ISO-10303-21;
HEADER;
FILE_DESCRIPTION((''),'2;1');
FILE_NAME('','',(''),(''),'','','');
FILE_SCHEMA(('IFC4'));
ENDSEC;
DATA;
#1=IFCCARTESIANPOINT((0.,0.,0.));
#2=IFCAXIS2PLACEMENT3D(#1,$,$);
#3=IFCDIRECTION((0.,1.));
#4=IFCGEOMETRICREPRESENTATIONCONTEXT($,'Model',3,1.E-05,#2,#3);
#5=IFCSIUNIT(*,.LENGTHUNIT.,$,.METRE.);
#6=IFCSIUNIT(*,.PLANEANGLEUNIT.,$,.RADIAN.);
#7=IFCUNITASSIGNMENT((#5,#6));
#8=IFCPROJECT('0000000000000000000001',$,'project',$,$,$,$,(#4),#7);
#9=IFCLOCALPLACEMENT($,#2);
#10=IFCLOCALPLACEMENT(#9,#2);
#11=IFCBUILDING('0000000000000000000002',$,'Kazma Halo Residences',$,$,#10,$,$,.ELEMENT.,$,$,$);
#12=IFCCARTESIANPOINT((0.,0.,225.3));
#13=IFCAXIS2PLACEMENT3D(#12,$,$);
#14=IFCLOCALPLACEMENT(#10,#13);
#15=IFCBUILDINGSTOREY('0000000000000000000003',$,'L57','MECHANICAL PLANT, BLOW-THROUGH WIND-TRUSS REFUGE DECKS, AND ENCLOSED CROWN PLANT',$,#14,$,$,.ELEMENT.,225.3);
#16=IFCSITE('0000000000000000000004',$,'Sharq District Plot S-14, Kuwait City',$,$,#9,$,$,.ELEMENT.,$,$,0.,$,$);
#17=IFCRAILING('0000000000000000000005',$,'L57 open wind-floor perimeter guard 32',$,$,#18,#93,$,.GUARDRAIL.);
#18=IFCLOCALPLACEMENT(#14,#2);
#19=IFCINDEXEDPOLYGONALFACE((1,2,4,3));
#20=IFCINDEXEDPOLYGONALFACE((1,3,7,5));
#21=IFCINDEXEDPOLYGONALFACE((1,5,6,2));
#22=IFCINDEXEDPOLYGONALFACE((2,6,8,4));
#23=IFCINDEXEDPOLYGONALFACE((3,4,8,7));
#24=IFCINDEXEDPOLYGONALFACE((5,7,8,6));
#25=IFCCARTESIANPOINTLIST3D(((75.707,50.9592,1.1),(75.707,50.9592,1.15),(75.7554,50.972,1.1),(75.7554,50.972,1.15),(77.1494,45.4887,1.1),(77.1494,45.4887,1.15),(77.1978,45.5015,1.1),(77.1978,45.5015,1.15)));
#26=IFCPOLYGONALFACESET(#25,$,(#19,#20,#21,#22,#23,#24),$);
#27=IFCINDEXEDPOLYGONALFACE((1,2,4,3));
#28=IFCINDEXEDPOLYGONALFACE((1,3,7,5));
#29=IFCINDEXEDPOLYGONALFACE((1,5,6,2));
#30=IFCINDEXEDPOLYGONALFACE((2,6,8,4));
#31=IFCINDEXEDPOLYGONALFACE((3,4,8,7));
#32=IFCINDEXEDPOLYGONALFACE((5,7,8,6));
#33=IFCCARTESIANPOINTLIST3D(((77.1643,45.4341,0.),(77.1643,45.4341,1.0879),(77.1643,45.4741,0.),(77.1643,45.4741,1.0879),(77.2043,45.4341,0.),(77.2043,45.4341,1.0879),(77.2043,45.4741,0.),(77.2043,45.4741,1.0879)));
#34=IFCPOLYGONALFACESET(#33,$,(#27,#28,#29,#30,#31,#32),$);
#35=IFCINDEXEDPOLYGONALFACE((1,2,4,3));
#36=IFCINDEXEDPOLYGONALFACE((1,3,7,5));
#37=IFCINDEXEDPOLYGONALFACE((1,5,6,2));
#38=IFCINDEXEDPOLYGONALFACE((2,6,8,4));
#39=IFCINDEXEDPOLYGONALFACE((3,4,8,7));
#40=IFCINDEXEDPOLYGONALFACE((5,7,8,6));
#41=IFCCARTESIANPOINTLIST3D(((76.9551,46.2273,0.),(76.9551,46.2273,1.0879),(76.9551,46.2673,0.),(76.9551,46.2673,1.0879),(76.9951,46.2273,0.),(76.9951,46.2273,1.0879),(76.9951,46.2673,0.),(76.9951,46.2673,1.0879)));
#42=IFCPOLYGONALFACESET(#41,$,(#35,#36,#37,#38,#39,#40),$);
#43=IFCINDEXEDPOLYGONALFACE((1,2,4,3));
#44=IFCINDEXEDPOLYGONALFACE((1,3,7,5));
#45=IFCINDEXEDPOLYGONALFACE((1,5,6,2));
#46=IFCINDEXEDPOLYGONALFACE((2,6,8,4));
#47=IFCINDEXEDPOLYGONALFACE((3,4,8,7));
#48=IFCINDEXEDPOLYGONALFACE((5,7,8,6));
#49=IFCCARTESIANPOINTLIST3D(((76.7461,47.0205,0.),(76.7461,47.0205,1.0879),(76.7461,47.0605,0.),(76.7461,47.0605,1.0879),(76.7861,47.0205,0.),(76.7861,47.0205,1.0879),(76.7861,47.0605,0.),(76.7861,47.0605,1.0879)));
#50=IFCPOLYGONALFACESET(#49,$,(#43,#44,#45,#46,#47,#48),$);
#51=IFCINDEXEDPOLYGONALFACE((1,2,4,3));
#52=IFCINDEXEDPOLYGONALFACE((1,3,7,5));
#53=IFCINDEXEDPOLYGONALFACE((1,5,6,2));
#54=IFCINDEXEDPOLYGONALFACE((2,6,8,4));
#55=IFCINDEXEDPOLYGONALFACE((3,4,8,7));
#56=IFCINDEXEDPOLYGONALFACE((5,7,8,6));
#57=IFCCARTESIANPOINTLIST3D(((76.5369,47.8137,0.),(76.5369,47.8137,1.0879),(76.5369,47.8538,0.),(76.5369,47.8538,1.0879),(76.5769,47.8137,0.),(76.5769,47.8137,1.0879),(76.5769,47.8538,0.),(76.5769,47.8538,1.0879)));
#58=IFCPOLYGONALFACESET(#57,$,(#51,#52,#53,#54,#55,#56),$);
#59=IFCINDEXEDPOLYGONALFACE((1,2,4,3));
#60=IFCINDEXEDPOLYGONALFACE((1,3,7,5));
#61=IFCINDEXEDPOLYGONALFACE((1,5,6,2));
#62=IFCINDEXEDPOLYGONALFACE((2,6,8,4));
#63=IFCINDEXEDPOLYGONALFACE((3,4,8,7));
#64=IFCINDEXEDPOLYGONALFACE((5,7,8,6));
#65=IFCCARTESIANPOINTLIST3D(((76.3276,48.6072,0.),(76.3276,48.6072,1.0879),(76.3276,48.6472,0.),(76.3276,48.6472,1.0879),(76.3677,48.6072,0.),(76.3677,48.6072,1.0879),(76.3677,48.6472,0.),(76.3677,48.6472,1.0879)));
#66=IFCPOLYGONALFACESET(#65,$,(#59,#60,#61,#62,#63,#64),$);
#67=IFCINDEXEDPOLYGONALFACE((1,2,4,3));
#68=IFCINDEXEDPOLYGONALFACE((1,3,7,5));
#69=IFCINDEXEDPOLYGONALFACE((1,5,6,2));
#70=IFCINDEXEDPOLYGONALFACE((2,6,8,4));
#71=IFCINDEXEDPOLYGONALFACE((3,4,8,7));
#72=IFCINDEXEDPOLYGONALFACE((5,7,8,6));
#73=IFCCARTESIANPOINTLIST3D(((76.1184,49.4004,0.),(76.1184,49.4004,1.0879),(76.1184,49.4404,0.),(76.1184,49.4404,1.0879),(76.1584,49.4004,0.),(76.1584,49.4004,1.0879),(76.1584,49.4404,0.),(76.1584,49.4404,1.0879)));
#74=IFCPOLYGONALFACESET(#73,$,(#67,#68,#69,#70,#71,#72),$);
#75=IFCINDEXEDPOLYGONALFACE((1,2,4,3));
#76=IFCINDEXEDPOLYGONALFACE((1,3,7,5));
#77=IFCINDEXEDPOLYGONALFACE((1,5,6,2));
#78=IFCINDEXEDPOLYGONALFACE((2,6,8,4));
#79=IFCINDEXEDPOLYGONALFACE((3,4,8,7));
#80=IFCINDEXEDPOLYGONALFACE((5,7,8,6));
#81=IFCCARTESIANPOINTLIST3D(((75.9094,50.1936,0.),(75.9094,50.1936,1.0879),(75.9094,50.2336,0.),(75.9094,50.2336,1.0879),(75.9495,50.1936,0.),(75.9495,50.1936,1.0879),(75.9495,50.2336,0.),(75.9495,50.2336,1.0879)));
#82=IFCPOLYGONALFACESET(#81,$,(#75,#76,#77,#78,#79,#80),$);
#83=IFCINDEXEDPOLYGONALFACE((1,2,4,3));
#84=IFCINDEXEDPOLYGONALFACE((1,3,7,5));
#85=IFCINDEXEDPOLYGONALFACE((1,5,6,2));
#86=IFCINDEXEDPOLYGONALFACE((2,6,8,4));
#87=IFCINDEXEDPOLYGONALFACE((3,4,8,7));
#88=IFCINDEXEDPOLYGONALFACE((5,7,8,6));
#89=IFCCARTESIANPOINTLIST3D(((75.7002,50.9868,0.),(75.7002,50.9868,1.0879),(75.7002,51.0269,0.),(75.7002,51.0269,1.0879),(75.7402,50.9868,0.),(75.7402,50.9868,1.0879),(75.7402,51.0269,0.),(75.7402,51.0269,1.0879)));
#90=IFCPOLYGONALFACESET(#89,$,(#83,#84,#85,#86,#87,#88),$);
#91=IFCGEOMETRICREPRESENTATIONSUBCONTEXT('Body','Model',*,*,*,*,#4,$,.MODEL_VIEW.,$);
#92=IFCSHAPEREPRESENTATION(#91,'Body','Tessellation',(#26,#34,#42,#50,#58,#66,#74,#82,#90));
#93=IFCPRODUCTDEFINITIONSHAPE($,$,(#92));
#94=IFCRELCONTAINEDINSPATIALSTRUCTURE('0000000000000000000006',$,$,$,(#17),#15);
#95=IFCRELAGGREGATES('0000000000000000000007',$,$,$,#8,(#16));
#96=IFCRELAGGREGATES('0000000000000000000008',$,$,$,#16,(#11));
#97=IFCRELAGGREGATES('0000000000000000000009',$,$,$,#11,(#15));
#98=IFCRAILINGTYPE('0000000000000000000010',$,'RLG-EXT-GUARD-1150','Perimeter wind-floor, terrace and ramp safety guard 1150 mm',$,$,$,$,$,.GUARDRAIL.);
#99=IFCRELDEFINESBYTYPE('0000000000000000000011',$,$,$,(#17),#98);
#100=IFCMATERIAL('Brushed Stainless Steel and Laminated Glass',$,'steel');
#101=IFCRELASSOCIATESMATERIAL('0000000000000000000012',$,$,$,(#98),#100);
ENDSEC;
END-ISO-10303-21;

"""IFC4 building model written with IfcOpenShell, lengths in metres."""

from ifc_helpers import new_model, si_unit, direction, frame, origin, origin_2d, place, context, subcontext, project, spatial, rectangle, extrude, material, type_object, element, save


model = new_model("IFC4")

# Units and contexts
model_context = context("Model", 3, precision=1e-05, world=origin(), true_north=direction((0.0, 1.0)))
body_context = subcontext(model_context, "Body", "Model", "MODEL_VIEW")
ifc_project = project(units=[si_unit("LENGTHUNIT", "METRE"), si_unit("PLANEANGLEUNIT", "RADIAN")], contexts=[model_context])

# Site, building, storey
site_placement = place(None, origin())
site = spatial("IfcSite", under=ifc_project, at=site_placement, Name="Sharq District Plot S-14, Kuwait City", CompositionType="ELEMENT", RefElevation=0.0)
building_placement = place(site_placement, origin())
building = spatial("IfcBuilding", under=site, at=building_placement, Name="Kazma Halo Residences", CompositionType="ELEMENT")
storey_placement = place(building_placement, frame((0.0, 0.0, 225.3)))
storey = spatial("IfcBuildingStorey", under=building, at=storey_placement, Name="L57", Description="MECHANICAL PLANT, BLOW-THROUGH WIND-TRUSS REFUGE DECKS, AND ENCLOSED CROWN PLANT", CompositionType="ELEMENT", Elevation=225.3)

# Railing
ifc_material_1 = material(Name="Brushed Stainless Steel and Laminated Glass", Category="steel")
railing_type = type_object("IfcRailingType", Name="RLG-EXT-GUARD-1150", Description="Perimeter wind-floor, terrace and ramp safety guard 1150 mm", PredefinedType="GUARDRAIL", material=ifc_material_1)
railing_1_placement = place(storey_placement, frame((77.1843, 45.4541, 0.0)))
element("IfcRailing", 1, at=railing_1_placement, inside=storey, type_object=railing_type, Name="L57 open wind-floor perimeter guard 32", PredefinedType="GUARDRAIL", context=body_context, shape_type="SweptSolid", body=[
    extrude(rectangle(XDim=0.05, YDim=0.05, at=origin_2d()), frame((-0.0107, 0.041, 1.125), z_axis=(-0.25496, 0.966952, 0.0), x_axis=(-0.966952, -0.25496, 0.0)), (0.0, 0.0, 1.0), 5.6575),
    extrude(rectangle(XDim=0.04, YDim=0.04, at=origin_2d()), origin(), (0.0, 0.0, 1.0), 1.0879),
    extrude(rectangle(XDim=0.04, YDim=0.04, at=origin_2d()), frame((-0.2092, 0.7932, 0.0)), (0.0, 0.0, 1.0), 1.0879),
    extrude(rectangle(XDim=0.04, YDim=0.04, at=origin_2d()), frame((-0.4182, 1.5864, 0.0)), (0.0, 0.0, 1.0), 1.0879),
    extrude(rectangle(XDim=0.04, YDim=0.04, at=origin_2d()), frame((-0.6274, 2.3796, 0.0)), (0.0, 0.0, 1.0), 1.0879),
    extrude(rectangle(XDim=0.04, YDim=0.04, at=origin_2d()), frame((-0.8367, 3.1731, 0.0)), (0.0, 0.0, 1.0), 1.0879),
    extrude(rectangle(XDim=0.04, YDim=0.04, at=origin_2d()), frame((-1.0459, 3.9663, 0.0)), (0.0, 0.0, 1.0), 1.0879),
    extrude(rectangle(XDim=0.04, YDim=0.04, at=origin_2d()), frame((-1.2549, 4.7595, 0.0)), (0.0, 0.0, 1.0), 1.0879),
    extrude(rectangle(XDim=0.04, YDim=0.04, at=origin_2d()), frame((-1.4641, 5.5527, 0.0)), (0.0, 0.0, 1.0), 1.0879),
])

save(model, "model.ifc")
